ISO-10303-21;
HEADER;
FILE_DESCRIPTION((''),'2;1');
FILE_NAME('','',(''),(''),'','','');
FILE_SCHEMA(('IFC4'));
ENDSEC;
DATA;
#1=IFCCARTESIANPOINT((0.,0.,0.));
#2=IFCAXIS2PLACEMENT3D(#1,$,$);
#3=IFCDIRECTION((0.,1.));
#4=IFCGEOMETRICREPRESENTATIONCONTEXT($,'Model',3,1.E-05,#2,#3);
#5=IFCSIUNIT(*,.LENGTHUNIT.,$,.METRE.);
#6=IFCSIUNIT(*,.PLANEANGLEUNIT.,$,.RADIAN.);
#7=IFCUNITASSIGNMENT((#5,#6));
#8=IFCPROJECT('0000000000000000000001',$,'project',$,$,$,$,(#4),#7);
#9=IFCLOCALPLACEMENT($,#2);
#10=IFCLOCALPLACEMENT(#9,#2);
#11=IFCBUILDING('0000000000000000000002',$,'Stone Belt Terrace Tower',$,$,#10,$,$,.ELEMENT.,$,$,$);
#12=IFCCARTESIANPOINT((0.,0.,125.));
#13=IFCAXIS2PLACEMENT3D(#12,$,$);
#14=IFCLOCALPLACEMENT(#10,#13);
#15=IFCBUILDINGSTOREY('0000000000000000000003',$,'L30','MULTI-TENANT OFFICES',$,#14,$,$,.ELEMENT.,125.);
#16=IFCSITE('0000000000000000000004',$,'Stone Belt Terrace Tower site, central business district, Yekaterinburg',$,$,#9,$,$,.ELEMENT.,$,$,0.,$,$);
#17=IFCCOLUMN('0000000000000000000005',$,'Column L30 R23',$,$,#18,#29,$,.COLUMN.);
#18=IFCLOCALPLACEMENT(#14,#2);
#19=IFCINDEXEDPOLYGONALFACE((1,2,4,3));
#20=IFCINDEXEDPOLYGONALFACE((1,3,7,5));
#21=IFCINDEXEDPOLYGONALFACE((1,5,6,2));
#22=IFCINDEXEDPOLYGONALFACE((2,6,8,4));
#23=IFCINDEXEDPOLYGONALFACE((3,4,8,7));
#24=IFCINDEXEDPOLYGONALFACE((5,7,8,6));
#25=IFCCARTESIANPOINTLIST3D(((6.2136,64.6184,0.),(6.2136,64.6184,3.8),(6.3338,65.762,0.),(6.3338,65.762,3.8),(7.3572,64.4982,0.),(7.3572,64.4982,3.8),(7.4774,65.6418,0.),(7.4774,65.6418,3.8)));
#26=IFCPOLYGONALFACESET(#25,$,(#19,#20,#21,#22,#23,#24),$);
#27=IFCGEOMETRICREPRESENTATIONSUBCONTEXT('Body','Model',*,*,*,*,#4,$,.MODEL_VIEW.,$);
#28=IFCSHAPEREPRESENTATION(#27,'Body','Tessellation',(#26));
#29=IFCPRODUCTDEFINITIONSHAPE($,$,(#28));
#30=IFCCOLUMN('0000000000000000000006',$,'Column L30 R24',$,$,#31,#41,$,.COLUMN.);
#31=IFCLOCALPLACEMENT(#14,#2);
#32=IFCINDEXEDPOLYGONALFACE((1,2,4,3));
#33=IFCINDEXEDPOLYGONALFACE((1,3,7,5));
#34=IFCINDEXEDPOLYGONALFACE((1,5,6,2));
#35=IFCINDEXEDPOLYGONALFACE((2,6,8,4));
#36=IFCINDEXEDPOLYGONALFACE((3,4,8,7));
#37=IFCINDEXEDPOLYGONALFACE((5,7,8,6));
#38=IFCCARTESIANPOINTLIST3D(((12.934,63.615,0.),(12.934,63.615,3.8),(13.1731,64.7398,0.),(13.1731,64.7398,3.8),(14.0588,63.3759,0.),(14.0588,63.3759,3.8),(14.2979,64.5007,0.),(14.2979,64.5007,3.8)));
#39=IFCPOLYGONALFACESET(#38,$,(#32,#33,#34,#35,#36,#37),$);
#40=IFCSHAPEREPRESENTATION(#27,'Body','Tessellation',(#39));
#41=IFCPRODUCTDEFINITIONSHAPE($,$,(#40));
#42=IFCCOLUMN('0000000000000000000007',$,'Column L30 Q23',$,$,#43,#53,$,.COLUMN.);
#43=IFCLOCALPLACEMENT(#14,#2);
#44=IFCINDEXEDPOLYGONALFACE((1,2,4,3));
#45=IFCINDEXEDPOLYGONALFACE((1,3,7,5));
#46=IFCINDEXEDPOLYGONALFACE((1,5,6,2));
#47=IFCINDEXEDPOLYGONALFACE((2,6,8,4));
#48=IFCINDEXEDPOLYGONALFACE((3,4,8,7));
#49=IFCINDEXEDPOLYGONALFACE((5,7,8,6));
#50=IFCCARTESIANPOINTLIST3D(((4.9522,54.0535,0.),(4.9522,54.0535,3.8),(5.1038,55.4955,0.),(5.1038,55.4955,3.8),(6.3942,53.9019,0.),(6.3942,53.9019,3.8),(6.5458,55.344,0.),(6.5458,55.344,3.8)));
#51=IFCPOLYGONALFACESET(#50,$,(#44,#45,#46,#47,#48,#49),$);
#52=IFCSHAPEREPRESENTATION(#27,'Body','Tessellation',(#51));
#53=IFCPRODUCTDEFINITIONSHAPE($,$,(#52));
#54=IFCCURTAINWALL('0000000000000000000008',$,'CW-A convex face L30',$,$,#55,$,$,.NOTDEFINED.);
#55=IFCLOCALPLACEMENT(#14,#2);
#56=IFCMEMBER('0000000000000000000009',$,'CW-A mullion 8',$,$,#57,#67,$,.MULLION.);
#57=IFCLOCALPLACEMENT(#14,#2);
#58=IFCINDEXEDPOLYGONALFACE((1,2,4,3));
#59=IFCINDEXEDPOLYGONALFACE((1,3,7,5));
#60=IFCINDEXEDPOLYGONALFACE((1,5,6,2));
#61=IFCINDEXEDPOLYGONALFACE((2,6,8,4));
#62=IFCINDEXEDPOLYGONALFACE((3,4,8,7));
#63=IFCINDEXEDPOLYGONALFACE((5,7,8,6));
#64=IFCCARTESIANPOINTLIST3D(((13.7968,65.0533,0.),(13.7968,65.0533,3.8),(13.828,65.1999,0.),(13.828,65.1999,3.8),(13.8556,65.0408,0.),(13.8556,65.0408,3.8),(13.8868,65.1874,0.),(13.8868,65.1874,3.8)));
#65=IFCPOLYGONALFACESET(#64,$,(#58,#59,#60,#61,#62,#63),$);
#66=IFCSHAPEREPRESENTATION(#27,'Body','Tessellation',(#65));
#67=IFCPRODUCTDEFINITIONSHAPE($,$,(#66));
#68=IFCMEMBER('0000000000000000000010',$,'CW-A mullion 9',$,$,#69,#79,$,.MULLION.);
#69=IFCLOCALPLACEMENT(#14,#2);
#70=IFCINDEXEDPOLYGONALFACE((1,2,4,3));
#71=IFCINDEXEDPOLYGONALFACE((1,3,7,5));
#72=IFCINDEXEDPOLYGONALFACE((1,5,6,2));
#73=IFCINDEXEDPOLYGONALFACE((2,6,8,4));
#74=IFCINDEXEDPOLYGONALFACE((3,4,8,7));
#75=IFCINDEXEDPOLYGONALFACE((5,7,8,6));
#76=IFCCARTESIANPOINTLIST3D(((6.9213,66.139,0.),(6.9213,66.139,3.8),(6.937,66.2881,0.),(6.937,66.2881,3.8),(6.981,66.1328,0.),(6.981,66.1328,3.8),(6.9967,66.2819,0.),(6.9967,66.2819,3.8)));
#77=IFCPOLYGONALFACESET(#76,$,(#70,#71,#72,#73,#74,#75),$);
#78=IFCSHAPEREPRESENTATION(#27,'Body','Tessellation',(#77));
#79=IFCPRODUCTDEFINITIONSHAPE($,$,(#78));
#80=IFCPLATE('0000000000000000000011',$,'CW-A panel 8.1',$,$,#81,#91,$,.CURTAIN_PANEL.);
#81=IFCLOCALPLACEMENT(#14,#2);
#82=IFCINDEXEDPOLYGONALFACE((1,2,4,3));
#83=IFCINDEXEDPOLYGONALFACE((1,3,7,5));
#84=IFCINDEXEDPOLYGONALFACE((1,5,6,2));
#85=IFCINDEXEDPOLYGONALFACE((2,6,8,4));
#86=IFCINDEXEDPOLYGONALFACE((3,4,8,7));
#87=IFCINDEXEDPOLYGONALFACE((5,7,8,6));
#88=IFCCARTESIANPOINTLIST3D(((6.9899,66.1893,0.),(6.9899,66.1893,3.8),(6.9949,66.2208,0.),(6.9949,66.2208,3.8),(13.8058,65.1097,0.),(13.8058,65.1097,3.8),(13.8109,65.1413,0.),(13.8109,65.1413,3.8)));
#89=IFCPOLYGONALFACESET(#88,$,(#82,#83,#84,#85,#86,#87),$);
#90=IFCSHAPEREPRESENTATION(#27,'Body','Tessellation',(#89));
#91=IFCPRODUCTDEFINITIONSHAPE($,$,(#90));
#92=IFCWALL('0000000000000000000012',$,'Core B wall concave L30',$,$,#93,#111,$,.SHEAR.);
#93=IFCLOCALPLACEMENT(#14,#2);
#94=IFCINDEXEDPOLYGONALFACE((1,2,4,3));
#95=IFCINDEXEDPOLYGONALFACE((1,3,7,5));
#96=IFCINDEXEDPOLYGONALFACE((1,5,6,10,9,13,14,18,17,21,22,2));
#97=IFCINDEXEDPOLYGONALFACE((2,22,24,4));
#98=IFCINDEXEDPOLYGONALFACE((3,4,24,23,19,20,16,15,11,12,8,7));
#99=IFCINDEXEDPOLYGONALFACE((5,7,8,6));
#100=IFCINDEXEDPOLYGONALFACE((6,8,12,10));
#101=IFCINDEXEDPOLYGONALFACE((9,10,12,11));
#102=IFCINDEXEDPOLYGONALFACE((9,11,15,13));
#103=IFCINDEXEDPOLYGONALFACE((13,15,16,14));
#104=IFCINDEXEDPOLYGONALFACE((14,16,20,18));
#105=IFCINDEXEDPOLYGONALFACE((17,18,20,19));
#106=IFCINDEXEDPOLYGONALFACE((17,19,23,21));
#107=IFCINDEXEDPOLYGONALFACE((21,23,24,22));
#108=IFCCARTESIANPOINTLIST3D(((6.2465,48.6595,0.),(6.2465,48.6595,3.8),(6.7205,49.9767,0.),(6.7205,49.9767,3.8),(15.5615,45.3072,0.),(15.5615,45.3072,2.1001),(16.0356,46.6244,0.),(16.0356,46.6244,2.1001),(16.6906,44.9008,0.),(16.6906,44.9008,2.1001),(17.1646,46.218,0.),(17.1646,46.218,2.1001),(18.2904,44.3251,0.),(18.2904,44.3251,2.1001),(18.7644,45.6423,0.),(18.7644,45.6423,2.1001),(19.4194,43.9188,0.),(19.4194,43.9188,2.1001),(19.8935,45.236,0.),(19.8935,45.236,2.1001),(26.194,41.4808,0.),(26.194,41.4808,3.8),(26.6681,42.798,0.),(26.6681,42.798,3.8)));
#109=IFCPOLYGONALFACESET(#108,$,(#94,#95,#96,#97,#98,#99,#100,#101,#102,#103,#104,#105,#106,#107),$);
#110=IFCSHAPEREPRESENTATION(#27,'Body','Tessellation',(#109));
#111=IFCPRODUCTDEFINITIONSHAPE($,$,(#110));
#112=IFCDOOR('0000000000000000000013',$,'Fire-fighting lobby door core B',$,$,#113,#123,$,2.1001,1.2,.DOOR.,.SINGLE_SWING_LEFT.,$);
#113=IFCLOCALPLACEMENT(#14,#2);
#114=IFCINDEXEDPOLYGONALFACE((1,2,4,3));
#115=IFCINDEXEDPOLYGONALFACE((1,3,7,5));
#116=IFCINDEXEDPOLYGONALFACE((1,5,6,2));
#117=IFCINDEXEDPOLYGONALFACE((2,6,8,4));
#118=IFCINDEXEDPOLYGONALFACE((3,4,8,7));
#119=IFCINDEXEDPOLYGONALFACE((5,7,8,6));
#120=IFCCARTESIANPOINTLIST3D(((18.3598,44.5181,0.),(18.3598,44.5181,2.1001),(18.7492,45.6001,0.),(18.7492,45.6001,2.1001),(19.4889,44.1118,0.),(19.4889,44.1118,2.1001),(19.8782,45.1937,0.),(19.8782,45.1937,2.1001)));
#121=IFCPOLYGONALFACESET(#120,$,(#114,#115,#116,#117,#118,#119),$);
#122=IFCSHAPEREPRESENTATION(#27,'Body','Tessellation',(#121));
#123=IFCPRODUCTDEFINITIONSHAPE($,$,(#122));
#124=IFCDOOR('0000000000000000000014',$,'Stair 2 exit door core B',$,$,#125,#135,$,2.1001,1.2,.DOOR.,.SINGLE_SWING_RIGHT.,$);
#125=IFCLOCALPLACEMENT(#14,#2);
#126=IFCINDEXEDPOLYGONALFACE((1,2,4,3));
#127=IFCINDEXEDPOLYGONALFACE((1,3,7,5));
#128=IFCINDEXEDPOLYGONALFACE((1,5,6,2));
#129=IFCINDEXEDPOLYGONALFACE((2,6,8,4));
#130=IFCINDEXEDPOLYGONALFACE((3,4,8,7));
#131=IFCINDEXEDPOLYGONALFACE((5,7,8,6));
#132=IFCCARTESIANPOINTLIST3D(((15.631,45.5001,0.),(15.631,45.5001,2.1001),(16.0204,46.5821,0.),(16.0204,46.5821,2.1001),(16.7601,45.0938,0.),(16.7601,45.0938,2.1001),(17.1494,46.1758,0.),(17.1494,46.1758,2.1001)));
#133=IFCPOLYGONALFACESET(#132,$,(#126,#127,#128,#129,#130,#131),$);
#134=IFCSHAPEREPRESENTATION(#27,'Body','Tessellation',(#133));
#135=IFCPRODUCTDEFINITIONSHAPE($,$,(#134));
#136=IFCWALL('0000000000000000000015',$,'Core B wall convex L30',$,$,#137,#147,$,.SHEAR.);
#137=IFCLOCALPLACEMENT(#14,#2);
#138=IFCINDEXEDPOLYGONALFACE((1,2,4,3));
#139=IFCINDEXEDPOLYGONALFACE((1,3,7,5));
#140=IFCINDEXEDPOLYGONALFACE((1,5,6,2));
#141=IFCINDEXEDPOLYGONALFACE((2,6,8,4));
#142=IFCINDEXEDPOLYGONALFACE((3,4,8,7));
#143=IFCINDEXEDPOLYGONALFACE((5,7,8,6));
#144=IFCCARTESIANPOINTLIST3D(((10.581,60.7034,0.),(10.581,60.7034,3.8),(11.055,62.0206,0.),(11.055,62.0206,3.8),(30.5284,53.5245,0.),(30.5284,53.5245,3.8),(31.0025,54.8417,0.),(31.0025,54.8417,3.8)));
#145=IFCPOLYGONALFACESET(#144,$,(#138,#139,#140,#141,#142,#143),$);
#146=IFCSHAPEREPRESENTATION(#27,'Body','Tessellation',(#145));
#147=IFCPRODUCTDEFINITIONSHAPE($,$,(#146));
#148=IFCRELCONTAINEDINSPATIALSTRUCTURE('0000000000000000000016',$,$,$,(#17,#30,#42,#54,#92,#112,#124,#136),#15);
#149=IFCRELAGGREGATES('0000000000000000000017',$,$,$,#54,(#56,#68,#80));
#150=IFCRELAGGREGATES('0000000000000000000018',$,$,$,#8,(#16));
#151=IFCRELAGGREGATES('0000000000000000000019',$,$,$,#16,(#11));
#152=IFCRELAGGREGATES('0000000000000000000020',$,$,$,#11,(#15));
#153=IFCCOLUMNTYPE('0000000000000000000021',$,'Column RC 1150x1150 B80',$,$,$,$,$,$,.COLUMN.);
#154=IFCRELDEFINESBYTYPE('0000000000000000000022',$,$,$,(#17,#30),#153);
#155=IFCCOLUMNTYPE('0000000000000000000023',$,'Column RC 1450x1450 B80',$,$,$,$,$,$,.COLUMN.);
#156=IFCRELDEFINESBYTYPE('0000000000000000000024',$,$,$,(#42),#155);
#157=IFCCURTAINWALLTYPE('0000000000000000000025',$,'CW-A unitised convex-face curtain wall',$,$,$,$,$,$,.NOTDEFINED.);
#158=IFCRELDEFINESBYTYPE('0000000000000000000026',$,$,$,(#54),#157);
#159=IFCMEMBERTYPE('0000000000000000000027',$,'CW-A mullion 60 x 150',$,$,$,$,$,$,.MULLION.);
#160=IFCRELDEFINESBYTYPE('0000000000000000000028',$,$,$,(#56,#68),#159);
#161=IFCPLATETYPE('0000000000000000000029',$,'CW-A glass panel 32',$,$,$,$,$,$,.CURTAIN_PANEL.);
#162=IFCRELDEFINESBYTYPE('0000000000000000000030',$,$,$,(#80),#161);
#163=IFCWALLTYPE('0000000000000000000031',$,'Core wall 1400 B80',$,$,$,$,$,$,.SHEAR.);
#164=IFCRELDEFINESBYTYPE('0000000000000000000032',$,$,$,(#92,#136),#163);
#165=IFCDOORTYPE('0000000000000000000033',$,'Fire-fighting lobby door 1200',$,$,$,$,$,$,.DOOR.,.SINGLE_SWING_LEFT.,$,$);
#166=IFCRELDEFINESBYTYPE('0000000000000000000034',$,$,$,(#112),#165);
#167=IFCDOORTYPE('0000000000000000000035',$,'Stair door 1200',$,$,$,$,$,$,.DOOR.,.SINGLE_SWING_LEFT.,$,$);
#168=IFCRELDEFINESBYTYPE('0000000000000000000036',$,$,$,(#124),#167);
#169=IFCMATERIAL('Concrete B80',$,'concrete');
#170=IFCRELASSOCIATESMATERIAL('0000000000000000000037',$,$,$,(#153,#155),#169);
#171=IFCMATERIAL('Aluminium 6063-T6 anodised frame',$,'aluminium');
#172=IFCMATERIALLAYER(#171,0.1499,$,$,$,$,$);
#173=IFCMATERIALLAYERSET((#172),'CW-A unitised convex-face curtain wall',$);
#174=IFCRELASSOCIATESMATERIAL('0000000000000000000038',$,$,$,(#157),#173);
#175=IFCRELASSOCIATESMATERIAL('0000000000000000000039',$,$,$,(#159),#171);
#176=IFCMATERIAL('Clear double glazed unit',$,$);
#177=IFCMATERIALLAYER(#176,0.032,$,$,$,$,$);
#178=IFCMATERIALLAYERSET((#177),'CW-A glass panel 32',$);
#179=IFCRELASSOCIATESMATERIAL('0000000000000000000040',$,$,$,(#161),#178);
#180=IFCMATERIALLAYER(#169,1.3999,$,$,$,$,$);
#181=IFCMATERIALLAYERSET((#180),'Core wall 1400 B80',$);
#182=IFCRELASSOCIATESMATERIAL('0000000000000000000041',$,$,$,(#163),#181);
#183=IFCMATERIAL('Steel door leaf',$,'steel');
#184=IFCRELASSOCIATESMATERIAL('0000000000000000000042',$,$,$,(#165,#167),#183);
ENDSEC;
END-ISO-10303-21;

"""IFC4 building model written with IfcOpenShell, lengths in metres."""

from ifc_helpers import new_model, si_unit, direction, frame, frame_2d, origin, origin_2d, place, context, subcontext, project, spatial, rectangle, extrude, material, layer, layer_set, material_profile, profile_set, type_object, element, fill, aggregate, save


model = new_model("IFC4")

# Units and contexts
model_context = context("Model", 3, precision=1e-05, world=origin(), true_north=direction((0.0, 1.0)))
body_context = subcontext(model_context, "Body", "Model", "MODEL_VIEW")
ifc_project = project(units=[si_unit("LENGTHUNIT", "METRE"), si_unit("PLANEANGLEUNIT", "RADIAN")], contexts=[model_context])

# Site, building, storey
site_placement = place(None, origin())
site = spatial("IfcSite", under=ifc_project, at=site_placement, Name="Stone Belt Terrace Tower site, central business district, Yekaterinburg", CompositionType="ELEMENT", RefElevation=0.0)
building_placement = place(site_placement, origin())
building = spatial("IfcBuilding", under=site, at=building_placement, Name="Stone Belt Terrace Tower", CompositionType="ELEMENT")
storey_placement = place(building_placement, frame((0.0, 0.0, 125.0)))
storey = spatial("IfcBuildingStorey", under=building, at=storey_placement, Name="L30", Description="MULTI-TENANT OFFICES", CompositionType="ELEMENT", Elevation=125.0)

# Columns
ifc_material_1 = material(Name="Concrete B80", Category="concrete")
ifc_material_profile_1 = material_profile(ifc_material_1, rectangle(XDim=1.1499, YDim=1.1499, at=origin_2d()), Name="RC 1150x1150")
ifc_profile_set_1 = profile_set([ifc_material_profile_1], Name="Concrete B80")
column_type_1 = type_object("IfcColumnType", Name="Column RC 1150x1150 B80", PredefinedType="COLUMN", material=ifc_profile_set_1)
for number, where, z_axis, x_axis, name in (
    (1, (6.8455, 65.1301, 0.0), (0.0, 0.0, 1.0), (0.994522, -0.104528, 0.0), "Column L30 R23"),
    (2, (13.616, 64.0579, 0.0), (0.0, 0.0, 1.0), (0.978148, -0.207912, 0.0), "Column L30 R24"),
):
    element("IfcColumn", number, at=place(storey_placement, frame(where, z_axis=z_axis, x_axis=x_axis)), inside=storey, type_object=column_type_1, Name=name, PredefinedType="COLUMN", context=body_context, shape_type="SweptSolid", body=[
        extrude(rectangle(XDim=1.1499, YDim=1.1499, at=origin_2d()), origin(), (0.0, 0.0, 1.0), 3.8),
    ])
ifc_material_profile_2 = material_profile(ifc_material_1, rectangle(XDim=1.45, YDim=1.45, at=origin_2d()), Name="RC 1450x1450")
ifc_profile_set_2 = profile_set([ifc_material_profile_2], Name="Concrete B80")
column_type_2 = type_object("IfcColumnType", Name="Column RC 1450x1450 B80", PredefinedType="COLUMN", material=ifc_profile_set_2)
column_placement = place(storey_placement, frame((5.749, 54.6987, 0.0), z_axis=(0.0, 0.0, 1.0), x_axis=(0.994522, -0.104528, 0.0)))
element("IfcColumn", 3, at=column_placement, inside=storey, type_object=column_type_2, Name="Column L30 Q23", PredefinedType="COLUMN", context=body_context, shape_type="SweptSolid", body=[
    extrude(rectangle(XDim=1.45, YDim=1.45, at=origin_2d()), origin(), (0.0, 0.0, 1.0), 3.8),
])

# Curtain wall, members, plate
ifc_material_2 = material(Name="Aluminium 6063-T6 anodised frame", Category="aluminium")
ifc_layer_1 = layer(ifc_material_2, 0.1499)
ifc_layer_set_1 = layer_set([ifc_layer_1], Name="CW-A unitised convex-face curtain wall")
curtain_wall_type = type_object("IfcCurtainWallType", Name="CW-A unitised convex-face curtain wall", PredefinedType="NOTDEFINED", material=ifc_layer_set_1)
curtain_wall_placement = place(storey_placement, origin())
curtain_wall = element("IfcCurtainWall", 4, at=curtain_wall_placement, inside=storey, type_object=curtain_wall_type, Name="CW-A convex face L30", PredefinedType="NOTDEFINED")
ifc_material_profile_3 = material_profile(ifc_material_2, rectangle(XDim=0.1499, YDim=0.0601, at=origin_2d()), Name="Aluminium 6063-T6 60x150")
ifc_profile_set_3 = profile_set([ifc_material_profile_3], Name="Aluminium 6063-T6 anodised frame")
member_type = type_object("IfcMemberType", Name="CW-A mullion 60 x 150", PredefinedType="MULLION", material=ifc_profile_set_3)
member_1_placement = place(storey_placement, frame((13.8418, 65.1204, 0.0), z_axis=(0.0, 0.0, 1.0), x_axis=(-0.207912, -0.978148, 0.0)))
member_1 = element("IfcMember", 5, at=member_1_placement, type_object=member_type, Name="CW-A mullion 8", PredefinedType="MULLION", context=body_context, shape_type="SweptSolid", body=[
    extrude(rectangle(XDim=0.1499, YDim=0.0601, at=origin_2d()), origin(), (0.0, 0.0, 1.0), 3.8),
])
member_2_placement = place(storey_placement, frame((6.959, 66.2104, 0.0), z_axis=(0.0, 0.0, 1.0), x_axis=(-0.104528, -0.994522, 0.0)))
member_2 = element("IfcMember", 6, at=member_2_placement, type_object=member_type, Name="CW-A mullion 9", PredefinedType="MULLION", context=body_context, shape_type="SweptSolid", body=[
    extrude(rectangle(XDim=0.1499, YDim=0.0601, at=origin_2d()), origin(), (0.0, 0.0, 1.0), 3.8),
])
ifc_material_3 = material(Name="Clear double glazed unit")
ifc_layer_2 = layer(ifc_material_3, 0.032)
ifc_layer_set_2 = layer_set([ifc_layer_2], Name="CW-A glass panel 32")
plate_type = type_object("IfcPlateType", Name="CW-A glass panel 32", PredefinedType="CURTAIN_PANEL", material=ifc_layer_set_2)
plate_placement = place(storey_placement, frame((10.4004, 65.6653, 0.0), z_axis=(0.0, 0.0, 1.0), x_axis=(-0.987688, 0.156434, 0.0)))
plate = element("IfcPlate", 7, at=plate_placement, type_object=plate_type, Name="CW-A panel 8.1", PredefinedType="CURTAIN_PANEL", context=body_context, shape_type="SweptSolid", body=[
    extrude(rectangle(XDim=6.9009, YDim=0.032, at=origin_2d()), origin(), (0.0, 0.0, 1.0), 3.8),
])
aggregate(curtain_wall, [member_1, member_2, plate])

# Wall, openings, doors
ifc_layer_3 = layer(ifc_material_1, 1.3999)
ifc_layer_set_3 = layer_set([ifc_layer_3], Name="Core wall 1400 B80")
wall_type_1 = type_object("IfcWallType", Name="Core wall 1400 B80", PredefinedType="SHEAR", material=ifc_layer_set_3)
wall_1_placement = place(storey_placement, frame((6.4834, 49.3181, 0.0), z_axis=(0.0, 0.0, 1.0), x_axis=(0.940923, -0.33862, 0.0)))
wall_1 = element("IfcWall", 8, at=wall_1_placement, inside=storey, type_object=wall_type_1, Name="Core B wall concave L30", PredefinedType="SHEAR", context=body_context, shape_type="SweptSolid", body=[
    extrude(rectangle(XDim=21.2, YDim=1.3999, at=frame_2d((10.6001, 0.0))), origin(), (0.0, 0.0, 1.0), 3.8),
])
opening_1_placement = place(wall_1_placement, frame((12.8, 0.0, 0.0)))
opening_1 = element("IfcOpeningElement", 9, at=opening_1_placement, cuts=wall_1, PredefinedType="OPENING", context=body_context, shape_type="SweptSolid", body=[
    extrude(rectangle(XDim=1.2, YDim=2.1001, at=frame_2d((0.6001, 1.05))), frame((0.0, 0.71, 0.0), z_axis=(0.0, -1.0, 0.0), x_axis=(1.0, 0.0, 0.0)), (0.0, 0.0, 1.0), 1.4199),
])
opening_2_placement = place(wall_1_placement, frame((9.8999, 0.0, 0.0)))
opening_2 = element("IfcOpeningElement", 10, at=opening_2_placement, cuts=wall_1, PredefinedType="OPENING", context=body_context, shape_type="SweptSolid", body=[
    extrude(rectangle(XDim=1.2, YDim=2.1001, at=frame_2d((0.6001, 1.05))), frame((0.0, 0.71, 0.0), z_axis=(0.0, -1.0, 0.0), x_axis=(1.0, 0.0, 0.0)), (0.0, 0.0, 1.0), 1.4199),
])
ifc_material_4 = material(Name="Steel door leaf", Category="steel")
door_type_1 = type_object("IfcDoorType", Name="Fire-fighting lobby door 1200", OperationType="SINGLE_SWING_LEFT", PredefinedType="DOOR", material=ifc_material_4)
door_1_placement = place(opening_1_placement, origin())
door_1 = element("IfcDoor", 11, at=door_1_placement, inside=storey, type_object=door_type_1, Name="Fire-fighting lobby door core B", OperationType="SINGLE_SWING_LEFT", OverallHeight=2.1001, OverallWidth=1.2, PredefinedType="DOOR", context=body_context, shape_type="SweptSolid", body=[
    extrude(rectangle(XDim=1.2, YDim=2.1001, at=frame_2d((0.6001, 1.05))), frame((0.0, 0.655, 0.0), z_axis=(0.0, -1.0, 0.0), x_axis=(1.0, 0.0, 0.0)), (0.0, 0.0, 1.0), 1.1499),
])
fill(opening_1, door_1)
door_type_2 = type_object("IfcDoorType", Name="Stair door 1200", OperationType="SINGLE_SWING_LEFT", PredefinedType="DOOR", material=ifc_material_4)
door_2_placement = place(opening_2_placement, origin())
door_2 = element("IfcDoor", 12, at=door_2_placement, inside=storey, type_object=door_type_2, Name="Stair 2 exit door core B", OperationType="SINGLE_SWING_RIGHT", OverallHeight=2.1001, OverallWidth=1.2, PredefinedType="DOOR", context=body_context, shape_type="SweptSolid", body=[
    extrude(rectangle(XDim=1.2, YDim=2.1001, at=frame_2d((0.6001, 1.05))), frame((0.0, 0.655, 0.0), z_axis=(0.0, -1.0, 0.0), x_axis=(1.0, 0.0, 0.0)), (0.0, 0.0, 1.0), 1.1499),
])
fill(opening_2, door_2)

# Wall
wall_2_placement = place(storey_placement, frame((10.8179, 61.3621, 0.0), z_axis=(0.0, 0.0, 1.0), x_axis=(0.94092, -0.33863, 0.0)))
element("IfcWall", 13, at=wall_2_placement, inside=storey, type_object=wall_type_1, Name="Core B wall convex L30", PredefinedType="SHEAR", context=body_context, shape_type="SweptSolid", body=[
    extrude(rectangle(XDim=21.2, YDim=1.3999, at=frame_2d((10.6001, 0.0))), origin(), (0.0, 0.0, 1.0), 3.8),
])

save(model, "model.ifc")
